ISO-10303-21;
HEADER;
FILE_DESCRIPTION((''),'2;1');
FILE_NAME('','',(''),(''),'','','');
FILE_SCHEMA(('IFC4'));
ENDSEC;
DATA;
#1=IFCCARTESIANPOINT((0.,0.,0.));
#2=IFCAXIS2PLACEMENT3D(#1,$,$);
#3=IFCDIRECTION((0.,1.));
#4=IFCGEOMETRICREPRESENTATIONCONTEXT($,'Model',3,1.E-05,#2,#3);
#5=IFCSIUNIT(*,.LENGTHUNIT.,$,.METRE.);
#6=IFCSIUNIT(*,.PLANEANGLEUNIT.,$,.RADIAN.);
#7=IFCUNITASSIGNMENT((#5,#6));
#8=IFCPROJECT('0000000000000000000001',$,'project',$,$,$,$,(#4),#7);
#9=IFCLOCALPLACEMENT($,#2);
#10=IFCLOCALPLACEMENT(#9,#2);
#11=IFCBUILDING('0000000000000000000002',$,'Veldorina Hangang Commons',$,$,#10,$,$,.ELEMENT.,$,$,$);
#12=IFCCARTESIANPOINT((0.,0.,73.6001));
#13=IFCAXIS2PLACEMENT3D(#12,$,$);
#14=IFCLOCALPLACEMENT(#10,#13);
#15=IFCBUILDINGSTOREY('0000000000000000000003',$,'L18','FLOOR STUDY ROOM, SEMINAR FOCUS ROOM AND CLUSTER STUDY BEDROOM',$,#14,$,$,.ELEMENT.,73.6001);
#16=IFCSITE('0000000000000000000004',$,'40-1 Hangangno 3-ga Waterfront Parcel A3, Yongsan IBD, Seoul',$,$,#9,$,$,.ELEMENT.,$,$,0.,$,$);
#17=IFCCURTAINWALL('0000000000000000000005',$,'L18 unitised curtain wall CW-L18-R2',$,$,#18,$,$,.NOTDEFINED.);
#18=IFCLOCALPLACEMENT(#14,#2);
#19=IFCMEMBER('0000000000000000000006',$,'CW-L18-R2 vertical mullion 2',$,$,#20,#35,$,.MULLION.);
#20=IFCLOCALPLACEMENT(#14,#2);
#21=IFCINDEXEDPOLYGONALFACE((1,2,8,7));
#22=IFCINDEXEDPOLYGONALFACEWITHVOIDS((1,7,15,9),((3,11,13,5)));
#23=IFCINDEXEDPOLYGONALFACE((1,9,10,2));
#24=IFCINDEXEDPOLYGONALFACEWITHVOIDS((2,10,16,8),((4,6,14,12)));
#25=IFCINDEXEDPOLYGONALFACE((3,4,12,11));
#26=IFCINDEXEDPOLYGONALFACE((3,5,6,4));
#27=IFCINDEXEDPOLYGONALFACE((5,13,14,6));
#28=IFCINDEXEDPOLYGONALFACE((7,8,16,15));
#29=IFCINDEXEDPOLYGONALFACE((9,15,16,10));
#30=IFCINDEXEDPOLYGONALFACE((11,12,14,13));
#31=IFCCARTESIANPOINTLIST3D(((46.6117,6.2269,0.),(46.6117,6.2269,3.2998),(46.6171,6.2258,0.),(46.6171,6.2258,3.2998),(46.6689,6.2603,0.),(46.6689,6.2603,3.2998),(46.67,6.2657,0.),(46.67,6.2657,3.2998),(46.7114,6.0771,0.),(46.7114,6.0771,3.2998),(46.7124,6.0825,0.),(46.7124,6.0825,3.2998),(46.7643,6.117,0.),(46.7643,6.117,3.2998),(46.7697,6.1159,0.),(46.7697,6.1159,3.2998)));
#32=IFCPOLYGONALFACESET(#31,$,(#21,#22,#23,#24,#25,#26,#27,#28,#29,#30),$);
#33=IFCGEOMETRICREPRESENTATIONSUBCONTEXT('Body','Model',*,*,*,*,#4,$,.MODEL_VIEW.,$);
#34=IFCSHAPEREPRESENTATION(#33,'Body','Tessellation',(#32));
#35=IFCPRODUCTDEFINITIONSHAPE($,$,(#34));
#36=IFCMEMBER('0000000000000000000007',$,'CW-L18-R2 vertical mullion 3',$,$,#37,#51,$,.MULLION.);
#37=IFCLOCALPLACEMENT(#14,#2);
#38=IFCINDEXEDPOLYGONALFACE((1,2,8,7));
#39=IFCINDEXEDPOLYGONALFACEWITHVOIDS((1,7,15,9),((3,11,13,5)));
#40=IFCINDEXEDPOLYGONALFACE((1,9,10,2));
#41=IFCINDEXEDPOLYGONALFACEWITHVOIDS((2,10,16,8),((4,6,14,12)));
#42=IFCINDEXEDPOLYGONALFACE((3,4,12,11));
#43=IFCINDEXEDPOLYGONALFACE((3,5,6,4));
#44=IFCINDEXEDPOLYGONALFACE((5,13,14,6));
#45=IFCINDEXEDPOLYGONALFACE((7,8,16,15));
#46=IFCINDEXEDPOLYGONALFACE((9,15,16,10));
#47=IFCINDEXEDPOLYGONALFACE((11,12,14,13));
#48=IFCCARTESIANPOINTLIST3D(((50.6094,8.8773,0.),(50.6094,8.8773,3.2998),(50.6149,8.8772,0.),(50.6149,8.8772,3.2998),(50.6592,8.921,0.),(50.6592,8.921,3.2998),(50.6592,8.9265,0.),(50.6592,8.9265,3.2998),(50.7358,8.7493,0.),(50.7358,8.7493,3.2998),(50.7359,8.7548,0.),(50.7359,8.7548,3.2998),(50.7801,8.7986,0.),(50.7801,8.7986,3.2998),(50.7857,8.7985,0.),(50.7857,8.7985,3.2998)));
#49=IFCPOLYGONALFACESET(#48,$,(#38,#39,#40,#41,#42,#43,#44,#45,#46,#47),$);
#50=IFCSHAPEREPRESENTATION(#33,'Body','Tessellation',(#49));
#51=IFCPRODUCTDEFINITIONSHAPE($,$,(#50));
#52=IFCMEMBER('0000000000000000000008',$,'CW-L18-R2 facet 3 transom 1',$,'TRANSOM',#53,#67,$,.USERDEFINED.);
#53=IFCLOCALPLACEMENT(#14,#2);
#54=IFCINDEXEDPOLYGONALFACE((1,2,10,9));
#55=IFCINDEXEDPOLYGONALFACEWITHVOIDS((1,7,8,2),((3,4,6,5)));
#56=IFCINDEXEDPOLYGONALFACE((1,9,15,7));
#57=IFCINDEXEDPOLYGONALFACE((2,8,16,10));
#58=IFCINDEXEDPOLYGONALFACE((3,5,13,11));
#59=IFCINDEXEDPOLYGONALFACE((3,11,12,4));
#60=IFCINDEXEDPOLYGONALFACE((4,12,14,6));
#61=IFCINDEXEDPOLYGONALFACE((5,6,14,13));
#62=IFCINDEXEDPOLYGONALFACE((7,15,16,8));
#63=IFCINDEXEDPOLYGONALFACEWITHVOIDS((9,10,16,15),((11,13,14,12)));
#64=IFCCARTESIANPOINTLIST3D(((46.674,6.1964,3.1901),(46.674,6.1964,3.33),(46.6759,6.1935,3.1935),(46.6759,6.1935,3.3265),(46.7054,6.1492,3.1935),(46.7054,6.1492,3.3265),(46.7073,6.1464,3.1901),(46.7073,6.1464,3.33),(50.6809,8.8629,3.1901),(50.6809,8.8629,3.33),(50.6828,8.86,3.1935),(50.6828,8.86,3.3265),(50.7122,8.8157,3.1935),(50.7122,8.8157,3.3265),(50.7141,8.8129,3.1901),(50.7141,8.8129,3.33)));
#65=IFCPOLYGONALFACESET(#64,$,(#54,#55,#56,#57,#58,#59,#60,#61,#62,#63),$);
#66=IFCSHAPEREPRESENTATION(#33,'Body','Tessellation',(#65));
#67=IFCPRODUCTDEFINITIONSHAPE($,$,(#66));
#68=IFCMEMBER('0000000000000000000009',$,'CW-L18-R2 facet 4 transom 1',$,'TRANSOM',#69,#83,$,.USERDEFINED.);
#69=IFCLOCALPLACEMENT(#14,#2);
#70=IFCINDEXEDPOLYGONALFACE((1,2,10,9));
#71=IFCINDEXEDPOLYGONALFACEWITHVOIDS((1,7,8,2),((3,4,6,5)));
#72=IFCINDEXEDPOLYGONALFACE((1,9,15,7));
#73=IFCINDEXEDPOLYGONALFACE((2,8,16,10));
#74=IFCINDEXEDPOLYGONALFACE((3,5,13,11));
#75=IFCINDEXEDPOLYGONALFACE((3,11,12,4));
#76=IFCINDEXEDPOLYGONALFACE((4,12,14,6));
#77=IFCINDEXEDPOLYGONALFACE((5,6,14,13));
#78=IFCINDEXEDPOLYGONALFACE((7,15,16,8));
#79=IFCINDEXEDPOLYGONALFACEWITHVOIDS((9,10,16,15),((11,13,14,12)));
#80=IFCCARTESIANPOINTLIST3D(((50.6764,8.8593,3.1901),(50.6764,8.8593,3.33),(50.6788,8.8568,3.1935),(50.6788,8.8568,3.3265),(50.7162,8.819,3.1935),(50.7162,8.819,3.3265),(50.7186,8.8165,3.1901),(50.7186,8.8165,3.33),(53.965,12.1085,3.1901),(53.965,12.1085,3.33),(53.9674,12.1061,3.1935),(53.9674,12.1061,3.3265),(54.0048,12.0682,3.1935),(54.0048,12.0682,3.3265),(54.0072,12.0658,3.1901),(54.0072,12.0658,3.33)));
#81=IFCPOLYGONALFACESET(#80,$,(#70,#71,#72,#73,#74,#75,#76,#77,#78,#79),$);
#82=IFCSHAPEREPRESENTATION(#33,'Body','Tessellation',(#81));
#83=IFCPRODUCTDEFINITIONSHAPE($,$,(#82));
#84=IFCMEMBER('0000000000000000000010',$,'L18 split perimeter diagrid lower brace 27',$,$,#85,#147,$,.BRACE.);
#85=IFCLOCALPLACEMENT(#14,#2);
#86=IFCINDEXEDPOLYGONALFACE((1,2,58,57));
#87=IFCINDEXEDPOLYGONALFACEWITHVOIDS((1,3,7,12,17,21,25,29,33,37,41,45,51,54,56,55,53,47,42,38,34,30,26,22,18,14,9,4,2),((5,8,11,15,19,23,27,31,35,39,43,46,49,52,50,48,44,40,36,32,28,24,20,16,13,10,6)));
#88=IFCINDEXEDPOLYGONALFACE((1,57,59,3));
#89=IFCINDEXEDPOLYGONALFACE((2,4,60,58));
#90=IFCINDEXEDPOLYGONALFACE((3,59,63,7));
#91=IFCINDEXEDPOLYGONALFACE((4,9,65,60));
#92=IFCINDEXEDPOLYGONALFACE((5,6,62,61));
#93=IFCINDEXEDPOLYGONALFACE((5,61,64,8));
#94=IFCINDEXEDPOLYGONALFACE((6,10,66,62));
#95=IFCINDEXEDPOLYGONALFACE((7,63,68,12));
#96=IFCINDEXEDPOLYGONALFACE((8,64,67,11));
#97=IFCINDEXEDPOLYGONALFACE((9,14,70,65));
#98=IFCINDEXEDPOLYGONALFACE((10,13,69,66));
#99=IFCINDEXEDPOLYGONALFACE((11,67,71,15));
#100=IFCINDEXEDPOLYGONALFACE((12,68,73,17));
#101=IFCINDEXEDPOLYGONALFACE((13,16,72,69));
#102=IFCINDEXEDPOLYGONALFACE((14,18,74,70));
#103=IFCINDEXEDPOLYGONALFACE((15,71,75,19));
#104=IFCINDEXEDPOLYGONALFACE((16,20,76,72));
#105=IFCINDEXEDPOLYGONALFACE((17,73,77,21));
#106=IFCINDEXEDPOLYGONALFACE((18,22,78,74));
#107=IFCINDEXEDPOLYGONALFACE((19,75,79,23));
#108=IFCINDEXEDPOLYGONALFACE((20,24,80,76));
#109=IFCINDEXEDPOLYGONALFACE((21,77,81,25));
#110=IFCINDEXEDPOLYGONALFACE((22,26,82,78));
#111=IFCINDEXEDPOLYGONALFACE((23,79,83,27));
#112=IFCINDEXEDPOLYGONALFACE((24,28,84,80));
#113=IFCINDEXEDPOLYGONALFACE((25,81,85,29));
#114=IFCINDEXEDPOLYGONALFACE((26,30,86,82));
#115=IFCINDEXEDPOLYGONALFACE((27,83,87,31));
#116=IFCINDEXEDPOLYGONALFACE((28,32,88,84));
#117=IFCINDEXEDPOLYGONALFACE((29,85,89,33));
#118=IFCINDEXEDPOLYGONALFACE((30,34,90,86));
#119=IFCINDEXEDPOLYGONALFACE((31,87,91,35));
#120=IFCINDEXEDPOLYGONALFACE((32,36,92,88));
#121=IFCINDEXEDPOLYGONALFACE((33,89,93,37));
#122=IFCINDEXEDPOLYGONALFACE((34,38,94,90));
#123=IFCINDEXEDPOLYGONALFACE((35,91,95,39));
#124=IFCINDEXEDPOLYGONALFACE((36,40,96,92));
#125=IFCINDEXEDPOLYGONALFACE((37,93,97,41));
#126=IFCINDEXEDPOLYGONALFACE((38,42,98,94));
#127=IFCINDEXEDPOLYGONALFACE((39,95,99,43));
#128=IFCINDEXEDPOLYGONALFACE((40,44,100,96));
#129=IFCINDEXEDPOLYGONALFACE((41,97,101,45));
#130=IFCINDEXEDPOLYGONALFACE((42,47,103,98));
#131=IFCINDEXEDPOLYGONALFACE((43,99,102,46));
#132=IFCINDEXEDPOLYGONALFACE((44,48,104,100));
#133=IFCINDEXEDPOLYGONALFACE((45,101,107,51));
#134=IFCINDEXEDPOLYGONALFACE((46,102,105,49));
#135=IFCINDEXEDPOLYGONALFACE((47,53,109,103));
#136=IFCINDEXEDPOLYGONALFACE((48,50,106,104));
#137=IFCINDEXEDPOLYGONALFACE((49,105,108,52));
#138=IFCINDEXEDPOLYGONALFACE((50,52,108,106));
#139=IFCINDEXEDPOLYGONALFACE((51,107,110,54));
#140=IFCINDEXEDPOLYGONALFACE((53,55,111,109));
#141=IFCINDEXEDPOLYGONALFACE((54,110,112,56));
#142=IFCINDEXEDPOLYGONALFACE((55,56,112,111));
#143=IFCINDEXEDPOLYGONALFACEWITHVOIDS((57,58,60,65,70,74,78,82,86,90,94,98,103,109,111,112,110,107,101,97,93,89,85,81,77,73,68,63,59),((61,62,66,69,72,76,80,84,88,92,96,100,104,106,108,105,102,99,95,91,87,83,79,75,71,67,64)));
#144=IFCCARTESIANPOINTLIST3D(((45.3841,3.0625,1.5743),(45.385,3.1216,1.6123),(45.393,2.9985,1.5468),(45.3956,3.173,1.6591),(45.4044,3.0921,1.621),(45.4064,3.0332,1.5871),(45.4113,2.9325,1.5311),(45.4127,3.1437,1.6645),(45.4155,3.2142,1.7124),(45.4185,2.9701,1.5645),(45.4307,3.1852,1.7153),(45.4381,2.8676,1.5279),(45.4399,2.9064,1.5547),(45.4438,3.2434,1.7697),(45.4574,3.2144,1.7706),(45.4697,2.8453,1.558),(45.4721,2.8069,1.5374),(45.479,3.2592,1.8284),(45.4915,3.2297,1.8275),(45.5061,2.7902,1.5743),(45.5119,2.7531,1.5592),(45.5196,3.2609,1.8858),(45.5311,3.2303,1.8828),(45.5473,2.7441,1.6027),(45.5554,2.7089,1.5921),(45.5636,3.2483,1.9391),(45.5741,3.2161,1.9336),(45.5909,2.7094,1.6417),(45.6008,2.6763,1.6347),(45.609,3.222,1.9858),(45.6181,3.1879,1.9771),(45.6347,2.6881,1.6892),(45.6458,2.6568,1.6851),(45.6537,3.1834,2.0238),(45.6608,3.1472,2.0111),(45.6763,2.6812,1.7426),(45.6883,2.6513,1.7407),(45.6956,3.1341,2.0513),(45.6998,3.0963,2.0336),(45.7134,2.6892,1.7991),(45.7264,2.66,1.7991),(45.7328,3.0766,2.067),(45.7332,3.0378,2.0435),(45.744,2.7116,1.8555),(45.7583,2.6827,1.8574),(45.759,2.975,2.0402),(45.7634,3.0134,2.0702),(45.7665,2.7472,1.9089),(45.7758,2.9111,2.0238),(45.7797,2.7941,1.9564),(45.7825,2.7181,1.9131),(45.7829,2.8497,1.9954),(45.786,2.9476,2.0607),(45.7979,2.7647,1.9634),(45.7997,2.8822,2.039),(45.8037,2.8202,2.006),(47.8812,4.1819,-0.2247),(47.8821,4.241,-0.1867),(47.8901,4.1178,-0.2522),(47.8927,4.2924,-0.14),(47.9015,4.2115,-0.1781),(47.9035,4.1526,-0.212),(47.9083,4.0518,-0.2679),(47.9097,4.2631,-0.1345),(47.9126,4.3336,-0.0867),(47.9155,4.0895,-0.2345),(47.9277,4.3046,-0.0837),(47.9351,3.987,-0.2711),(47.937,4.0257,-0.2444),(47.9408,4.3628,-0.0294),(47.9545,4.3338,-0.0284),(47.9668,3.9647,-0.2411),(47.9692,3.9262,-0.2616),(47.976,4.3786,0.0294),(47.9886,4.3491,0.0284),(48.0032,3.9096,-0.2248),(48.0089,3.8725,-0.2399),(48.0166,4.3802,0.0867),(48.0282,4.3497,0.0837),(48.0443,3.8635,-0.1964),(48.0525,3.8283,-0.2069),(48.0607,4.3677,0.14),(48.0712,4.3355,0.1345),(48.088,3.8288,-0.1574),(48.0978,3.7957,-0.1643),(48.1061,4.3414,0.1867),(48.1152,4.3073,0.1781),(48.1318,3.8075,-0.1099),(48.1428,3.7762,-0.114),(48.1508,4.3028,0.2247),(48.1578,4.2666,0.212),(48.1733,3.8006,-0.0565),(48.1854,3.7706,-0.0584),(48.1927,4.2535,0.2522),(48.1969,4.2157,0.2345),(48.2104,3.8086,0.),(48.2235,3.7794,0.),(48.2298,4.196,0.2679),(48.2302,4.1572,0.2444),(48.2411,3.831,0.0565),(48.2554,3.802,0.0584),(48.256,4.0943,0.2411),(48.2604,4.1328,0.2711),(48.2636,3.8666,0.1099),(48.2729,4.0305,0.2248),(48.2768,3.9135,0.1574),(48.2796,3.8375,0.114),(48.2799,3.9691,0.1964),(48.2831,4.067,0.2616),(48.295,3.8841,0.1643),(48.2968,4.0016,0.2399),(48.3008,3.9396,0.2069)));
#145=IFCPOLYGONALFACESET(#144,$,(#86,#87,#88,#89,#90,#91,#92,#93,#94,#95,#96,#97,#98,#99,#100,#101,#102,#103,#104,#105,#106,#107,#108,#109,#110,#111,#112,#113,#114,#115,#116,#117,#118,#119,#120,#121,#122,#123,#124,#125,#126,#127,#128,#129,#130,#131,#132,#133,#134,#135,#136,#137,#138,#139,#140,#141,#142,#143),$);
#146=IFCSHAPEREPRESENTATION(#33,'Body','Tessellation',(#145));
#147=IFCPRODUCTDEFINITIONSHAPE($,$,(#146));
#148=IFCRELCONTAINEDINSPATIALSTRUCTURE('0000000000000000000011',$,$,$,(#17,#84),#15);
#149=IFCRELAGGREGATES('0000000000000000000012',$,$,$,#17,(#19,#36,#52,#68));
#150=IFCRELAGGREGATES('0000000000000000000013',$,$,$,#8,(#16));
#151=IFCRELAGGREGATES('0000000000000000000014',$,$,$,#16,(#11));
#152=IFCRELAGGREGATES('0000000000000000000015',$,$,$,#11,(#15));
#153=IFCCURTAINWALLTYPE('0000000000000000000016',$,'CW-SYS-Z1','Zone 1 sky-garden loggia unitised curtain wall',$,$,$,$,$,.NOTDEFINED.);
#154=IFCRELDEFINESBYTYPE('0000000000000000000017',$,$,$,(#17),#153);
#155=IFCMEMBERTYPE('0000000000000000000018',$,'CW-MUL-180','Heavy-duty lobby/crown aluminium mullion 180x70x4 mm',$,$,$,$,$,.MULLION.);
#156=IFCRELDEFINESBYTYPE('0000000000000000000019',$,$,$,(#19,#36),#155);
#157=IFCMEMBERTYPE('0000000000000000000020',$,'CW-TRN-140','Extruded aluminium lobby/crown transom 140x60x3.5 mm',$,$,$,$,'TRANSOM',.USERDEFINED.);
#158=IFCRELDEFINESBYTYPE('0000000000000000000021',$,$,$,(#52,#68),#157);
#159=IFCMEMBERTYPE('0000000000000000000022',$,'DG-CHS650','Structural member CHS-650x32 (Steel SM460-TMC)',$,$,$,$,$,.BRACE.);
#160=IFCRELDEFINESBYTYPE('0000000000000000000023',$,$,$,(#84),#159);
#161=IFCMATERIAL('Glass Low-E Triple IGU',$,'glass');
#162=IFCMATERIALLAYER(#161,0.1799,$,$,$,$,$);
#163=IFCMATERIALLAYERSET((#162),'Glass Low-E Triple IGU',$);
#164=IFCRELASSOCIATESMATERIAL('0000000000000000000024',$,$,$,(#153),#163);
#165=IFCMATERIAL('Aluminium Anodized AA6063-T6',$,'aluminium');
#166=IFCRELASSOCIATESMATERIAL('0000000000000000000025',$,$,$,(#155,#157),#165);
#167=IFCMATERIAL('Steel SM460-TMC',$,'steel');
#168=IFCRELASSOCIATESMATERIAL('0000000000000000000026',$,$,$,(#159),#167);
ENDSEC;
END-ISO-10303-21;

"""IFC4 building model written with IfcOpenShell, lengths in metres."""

from ifc_helpers import new_model, si_unit, direction, frame, origin, origin_2d, place, context, subcontext, project, spatial, hollow_rectangle, hollow_circle, extrude, material, layer, layer_set, material_profile, profile_set, type_object, element, aggregate, save


model = new_model("IFC4")

# Units and contexts
model_context = context("Model", 3, precision=1e-05, world=origin(), true_north=direction((0.0, 1.0)))
body_context = subcontext(model_context, "Body", "Model", "MODEL_VIEW")
ifc_project = project(units=[si_unit("LENGTHUNIT", "METRE"), si_unit("PLANEANGLEUNIT", "RADIAN")], contexts=[model_context])

# Site, building, storey
site_placement = place(None, origin())
site = spatial("IfcSite", under=ifc_project, at=site_placement, Name="40-1 Hangangno 3-ga Waterfront Parcel A3, Yongsan IBD, Seoul", CompositionType="ELEMENT", RefElevation=0.0)
building_placement = place(site_placement, origin())
building = spatial("IfcBuilding", under=site, at=building_placement, Name="Veldorina Hangang Commons", CompositionType="ELEMENT")
storey_placement = place(building_placement, frame((0.0, 0.0, 73.6001)))
storey = spatial("IfcBuildingStorey", under=building, at=storey_placement, Name="L18", Description="FLOOR STUDY ROOM, SEMINAR FOCUS ROOM AND CLUSTER STUDY BEDROOM", CompositionType="ELEMENT", Elevation=73.6001)

# Curtain wall, members
ifc_material_1 = material(Name="Glass Low-E Triple IGU", Category="glass")
ifc_layer_1 = layer(ifc_material_1, 0.1799)
ifc_layer_set_1 = layer_set([ifc_layer_1], Name="Glass Low-E Triple IGU")
curtain_wall_type = type_object("IfcCurtainWallType", Name="CW-SYS-Z1", Description="Zone 1 sky-garden loggia unitised curtain wall", PredefinedType="NOTDEFINED", material=ifc_layer_set_1)
curtain_wall_placement = place(storey_placement, origin())
curtain_wall = element("IfcCurtainWall", 1, at=curtain_wall_placement, inside=storey, type_object=curtain_wall_type, Name="L18 unitised curtain wall CW-L18-R2", PredefinedType="NOTDEFINED")
ifc_material_2 = material(Name="Aluminium Anodized AA6063-T6", Category="aluminium")
ifc_material_profile_1 = material_profile(ifc_material_2, hollow_rectangle(XDim=0.0701, YDim=0.1799, WallThickness=0.0039, at=origin_2d()), Name="ALU-RHS-180x70x4")
ifc_profile_set_1 = profile_set([ifc_material_profile_1], Name="Aluminium Anodized AA6063-T6")
member_type_1 = type_object("IfcMemberType", Name="CW-MUL-180", Description="Heavy-duty lobby/crown aluminium mullion 180x70x4 mm", PredefinedType="MULLION", material=ifc_profile_set_1)
member_1_placement = place(storey_placement, frame((46.6907, 6.1714, 0.0), z_axis=(0.0, 0.0, 1.0), x_axis=(0.832506, 0.554016, 0.0)))
member_1 = element("IfcMember", 2, at=member_1_placement, type_object=member_type_1, Name="CW-L18-R2 vertical mullion 2", PredefinedType="MULLION", context=body_context, shape_type="SweptSolid", body=[
    extrude(hollow_rectangle(XDim=0.0701, YDim=0.1799, WallThickness=0.0039, at=origin_2d()), origin(), (0.0, 0.0, 1.0), 3.2998),
])
member_2_placement = place(storey_placement, frame((50.6975, 8.8379, 0.0), z_axis=(0.0, 0.0, 1.0), x_axis=(0.711339, 0.702849, 0.0)))
member_2 = element("IfcMember", 3, at=member_2_placement, type_object=member_type_1, Name="CW-L18-R2 vertical mullion 3", PredefinedType="MULLION", context=body_context, shape_type="SweptSolid", body=[
    extrude(hollow_rectangle(XDim=0.0701, YDim=0.1799, WallThickness=0.0039, at=origin_2d()), origin(), (0.0, 0.0, 1.0), 3.2998),
])
ifc_material_profile_2 = material_profile(ifc_material_2, hollow_rectangle(XDim=0.0601, YDim=0.1399, WallThickness=0.0034, at=origin_2d()), Name="ALU-RHS-140x60x3.5")
ifc_profile_set_2 = profile_set([ifc_material_profile_2], Name="Aluminium Anodized AA6063-T6")
member_type_2 = type_object("IfcMemberType", Name="CW-TRN-140", Description="Extruded aluminium lobby/crown transom 140x60x3.5 mm", ElementType="TRANSOM", PredefinedType="USERDEFINED", material=ifc_profile_set_2)
member_3_placement = place(storey_placement, frame((46.6907, 6.1714, 3.26), z_axis=(0.832503, 0.554021, 0.0), x_axis=(-0.554021, 0.832503, 0.0)))
member_3 = element("IfcMember", 4, at=member_3_placement, type_object=member_type_2, Name="CW-L18-R2 facet 3 transom 1", ObjectType="TRANSOM", PredefinedType="USERDEFINED", context=body_context, shape_type="SweptSolid", body=[
    extrude(hollow_rectangle(XDim=0.0601, YDim=0.1399, WallThickness=0.0034, at=origin_2d()), origin(), (0.0, 0.0, 1.0), 4.813),
])
member_4_placement = place(storey_placement, frame((50.6975, 8.8379, 3.26), z_axis=(0.711345, 0.702843, 0.0), x_axis=(-0.702843, 0.711345, 0.0)))
member_4 = element("IfcMember", 5, at=member_4_placement, type_object=member_type_2, Name="CW-L18-R2 facet 4 transom 1", ObjectType="TRANSOM", PredefinedType="USERDEFINED", context=body_context, shape_type="SweptSolid", body=[
    extrude(hollow_rectangle(XDim=0.0601, YDim=0.1399, WallThickness=0.0034, at=origin_2d()), origin(), (0.0, 0.0, 1.0), 4.623),
])

# Member
ifc_material_3 = material(Name="Steel SM460-TMC", Category="steel")
ifc_material_profile_3 = material_profile(ifc_material_3, hollow_circle(Radius=0.325, WallThickness=0.032, at=origin_2d()), Name="CHS-650x32")
ifc_profile_set_3 = profile_set([ifc_material_profile_3], Name="Steel SM460-TMC")
member_type_3 = type_object("IfcMemberType", Name="DG-CHS650", Description="Structural member CHS-650x32 (Steel SM460-TMC)", PredefinedType="BRACE", material=ifc_profile_set_3)
member_5_placement = place(storey_placement, frame((48.0906, 4.0759, 0.0), z_axis=(-0.762485, -0.341806, 0.54935), x_axis=(0.409058, -0.912508, 0.0)))
element("IfcMember", 6, at=member_5_placement, inside=storey, type_object=member_type_3, Name="L18 split perimeter diagrid lower brace 27", PredefinedType="BRACE", context=body_context, shape_type="SweptSolid", body=[
    extrude(hollow_circle(Radius=0.325, WallThickness=0.032, at=origin_2d()), origin(), (0.0, 0.0, 1.0), 3.2749),
])

aggregate(curtain_wall, [member_1, member_2, member_3, member_4])

save(model, "model.ifc")
